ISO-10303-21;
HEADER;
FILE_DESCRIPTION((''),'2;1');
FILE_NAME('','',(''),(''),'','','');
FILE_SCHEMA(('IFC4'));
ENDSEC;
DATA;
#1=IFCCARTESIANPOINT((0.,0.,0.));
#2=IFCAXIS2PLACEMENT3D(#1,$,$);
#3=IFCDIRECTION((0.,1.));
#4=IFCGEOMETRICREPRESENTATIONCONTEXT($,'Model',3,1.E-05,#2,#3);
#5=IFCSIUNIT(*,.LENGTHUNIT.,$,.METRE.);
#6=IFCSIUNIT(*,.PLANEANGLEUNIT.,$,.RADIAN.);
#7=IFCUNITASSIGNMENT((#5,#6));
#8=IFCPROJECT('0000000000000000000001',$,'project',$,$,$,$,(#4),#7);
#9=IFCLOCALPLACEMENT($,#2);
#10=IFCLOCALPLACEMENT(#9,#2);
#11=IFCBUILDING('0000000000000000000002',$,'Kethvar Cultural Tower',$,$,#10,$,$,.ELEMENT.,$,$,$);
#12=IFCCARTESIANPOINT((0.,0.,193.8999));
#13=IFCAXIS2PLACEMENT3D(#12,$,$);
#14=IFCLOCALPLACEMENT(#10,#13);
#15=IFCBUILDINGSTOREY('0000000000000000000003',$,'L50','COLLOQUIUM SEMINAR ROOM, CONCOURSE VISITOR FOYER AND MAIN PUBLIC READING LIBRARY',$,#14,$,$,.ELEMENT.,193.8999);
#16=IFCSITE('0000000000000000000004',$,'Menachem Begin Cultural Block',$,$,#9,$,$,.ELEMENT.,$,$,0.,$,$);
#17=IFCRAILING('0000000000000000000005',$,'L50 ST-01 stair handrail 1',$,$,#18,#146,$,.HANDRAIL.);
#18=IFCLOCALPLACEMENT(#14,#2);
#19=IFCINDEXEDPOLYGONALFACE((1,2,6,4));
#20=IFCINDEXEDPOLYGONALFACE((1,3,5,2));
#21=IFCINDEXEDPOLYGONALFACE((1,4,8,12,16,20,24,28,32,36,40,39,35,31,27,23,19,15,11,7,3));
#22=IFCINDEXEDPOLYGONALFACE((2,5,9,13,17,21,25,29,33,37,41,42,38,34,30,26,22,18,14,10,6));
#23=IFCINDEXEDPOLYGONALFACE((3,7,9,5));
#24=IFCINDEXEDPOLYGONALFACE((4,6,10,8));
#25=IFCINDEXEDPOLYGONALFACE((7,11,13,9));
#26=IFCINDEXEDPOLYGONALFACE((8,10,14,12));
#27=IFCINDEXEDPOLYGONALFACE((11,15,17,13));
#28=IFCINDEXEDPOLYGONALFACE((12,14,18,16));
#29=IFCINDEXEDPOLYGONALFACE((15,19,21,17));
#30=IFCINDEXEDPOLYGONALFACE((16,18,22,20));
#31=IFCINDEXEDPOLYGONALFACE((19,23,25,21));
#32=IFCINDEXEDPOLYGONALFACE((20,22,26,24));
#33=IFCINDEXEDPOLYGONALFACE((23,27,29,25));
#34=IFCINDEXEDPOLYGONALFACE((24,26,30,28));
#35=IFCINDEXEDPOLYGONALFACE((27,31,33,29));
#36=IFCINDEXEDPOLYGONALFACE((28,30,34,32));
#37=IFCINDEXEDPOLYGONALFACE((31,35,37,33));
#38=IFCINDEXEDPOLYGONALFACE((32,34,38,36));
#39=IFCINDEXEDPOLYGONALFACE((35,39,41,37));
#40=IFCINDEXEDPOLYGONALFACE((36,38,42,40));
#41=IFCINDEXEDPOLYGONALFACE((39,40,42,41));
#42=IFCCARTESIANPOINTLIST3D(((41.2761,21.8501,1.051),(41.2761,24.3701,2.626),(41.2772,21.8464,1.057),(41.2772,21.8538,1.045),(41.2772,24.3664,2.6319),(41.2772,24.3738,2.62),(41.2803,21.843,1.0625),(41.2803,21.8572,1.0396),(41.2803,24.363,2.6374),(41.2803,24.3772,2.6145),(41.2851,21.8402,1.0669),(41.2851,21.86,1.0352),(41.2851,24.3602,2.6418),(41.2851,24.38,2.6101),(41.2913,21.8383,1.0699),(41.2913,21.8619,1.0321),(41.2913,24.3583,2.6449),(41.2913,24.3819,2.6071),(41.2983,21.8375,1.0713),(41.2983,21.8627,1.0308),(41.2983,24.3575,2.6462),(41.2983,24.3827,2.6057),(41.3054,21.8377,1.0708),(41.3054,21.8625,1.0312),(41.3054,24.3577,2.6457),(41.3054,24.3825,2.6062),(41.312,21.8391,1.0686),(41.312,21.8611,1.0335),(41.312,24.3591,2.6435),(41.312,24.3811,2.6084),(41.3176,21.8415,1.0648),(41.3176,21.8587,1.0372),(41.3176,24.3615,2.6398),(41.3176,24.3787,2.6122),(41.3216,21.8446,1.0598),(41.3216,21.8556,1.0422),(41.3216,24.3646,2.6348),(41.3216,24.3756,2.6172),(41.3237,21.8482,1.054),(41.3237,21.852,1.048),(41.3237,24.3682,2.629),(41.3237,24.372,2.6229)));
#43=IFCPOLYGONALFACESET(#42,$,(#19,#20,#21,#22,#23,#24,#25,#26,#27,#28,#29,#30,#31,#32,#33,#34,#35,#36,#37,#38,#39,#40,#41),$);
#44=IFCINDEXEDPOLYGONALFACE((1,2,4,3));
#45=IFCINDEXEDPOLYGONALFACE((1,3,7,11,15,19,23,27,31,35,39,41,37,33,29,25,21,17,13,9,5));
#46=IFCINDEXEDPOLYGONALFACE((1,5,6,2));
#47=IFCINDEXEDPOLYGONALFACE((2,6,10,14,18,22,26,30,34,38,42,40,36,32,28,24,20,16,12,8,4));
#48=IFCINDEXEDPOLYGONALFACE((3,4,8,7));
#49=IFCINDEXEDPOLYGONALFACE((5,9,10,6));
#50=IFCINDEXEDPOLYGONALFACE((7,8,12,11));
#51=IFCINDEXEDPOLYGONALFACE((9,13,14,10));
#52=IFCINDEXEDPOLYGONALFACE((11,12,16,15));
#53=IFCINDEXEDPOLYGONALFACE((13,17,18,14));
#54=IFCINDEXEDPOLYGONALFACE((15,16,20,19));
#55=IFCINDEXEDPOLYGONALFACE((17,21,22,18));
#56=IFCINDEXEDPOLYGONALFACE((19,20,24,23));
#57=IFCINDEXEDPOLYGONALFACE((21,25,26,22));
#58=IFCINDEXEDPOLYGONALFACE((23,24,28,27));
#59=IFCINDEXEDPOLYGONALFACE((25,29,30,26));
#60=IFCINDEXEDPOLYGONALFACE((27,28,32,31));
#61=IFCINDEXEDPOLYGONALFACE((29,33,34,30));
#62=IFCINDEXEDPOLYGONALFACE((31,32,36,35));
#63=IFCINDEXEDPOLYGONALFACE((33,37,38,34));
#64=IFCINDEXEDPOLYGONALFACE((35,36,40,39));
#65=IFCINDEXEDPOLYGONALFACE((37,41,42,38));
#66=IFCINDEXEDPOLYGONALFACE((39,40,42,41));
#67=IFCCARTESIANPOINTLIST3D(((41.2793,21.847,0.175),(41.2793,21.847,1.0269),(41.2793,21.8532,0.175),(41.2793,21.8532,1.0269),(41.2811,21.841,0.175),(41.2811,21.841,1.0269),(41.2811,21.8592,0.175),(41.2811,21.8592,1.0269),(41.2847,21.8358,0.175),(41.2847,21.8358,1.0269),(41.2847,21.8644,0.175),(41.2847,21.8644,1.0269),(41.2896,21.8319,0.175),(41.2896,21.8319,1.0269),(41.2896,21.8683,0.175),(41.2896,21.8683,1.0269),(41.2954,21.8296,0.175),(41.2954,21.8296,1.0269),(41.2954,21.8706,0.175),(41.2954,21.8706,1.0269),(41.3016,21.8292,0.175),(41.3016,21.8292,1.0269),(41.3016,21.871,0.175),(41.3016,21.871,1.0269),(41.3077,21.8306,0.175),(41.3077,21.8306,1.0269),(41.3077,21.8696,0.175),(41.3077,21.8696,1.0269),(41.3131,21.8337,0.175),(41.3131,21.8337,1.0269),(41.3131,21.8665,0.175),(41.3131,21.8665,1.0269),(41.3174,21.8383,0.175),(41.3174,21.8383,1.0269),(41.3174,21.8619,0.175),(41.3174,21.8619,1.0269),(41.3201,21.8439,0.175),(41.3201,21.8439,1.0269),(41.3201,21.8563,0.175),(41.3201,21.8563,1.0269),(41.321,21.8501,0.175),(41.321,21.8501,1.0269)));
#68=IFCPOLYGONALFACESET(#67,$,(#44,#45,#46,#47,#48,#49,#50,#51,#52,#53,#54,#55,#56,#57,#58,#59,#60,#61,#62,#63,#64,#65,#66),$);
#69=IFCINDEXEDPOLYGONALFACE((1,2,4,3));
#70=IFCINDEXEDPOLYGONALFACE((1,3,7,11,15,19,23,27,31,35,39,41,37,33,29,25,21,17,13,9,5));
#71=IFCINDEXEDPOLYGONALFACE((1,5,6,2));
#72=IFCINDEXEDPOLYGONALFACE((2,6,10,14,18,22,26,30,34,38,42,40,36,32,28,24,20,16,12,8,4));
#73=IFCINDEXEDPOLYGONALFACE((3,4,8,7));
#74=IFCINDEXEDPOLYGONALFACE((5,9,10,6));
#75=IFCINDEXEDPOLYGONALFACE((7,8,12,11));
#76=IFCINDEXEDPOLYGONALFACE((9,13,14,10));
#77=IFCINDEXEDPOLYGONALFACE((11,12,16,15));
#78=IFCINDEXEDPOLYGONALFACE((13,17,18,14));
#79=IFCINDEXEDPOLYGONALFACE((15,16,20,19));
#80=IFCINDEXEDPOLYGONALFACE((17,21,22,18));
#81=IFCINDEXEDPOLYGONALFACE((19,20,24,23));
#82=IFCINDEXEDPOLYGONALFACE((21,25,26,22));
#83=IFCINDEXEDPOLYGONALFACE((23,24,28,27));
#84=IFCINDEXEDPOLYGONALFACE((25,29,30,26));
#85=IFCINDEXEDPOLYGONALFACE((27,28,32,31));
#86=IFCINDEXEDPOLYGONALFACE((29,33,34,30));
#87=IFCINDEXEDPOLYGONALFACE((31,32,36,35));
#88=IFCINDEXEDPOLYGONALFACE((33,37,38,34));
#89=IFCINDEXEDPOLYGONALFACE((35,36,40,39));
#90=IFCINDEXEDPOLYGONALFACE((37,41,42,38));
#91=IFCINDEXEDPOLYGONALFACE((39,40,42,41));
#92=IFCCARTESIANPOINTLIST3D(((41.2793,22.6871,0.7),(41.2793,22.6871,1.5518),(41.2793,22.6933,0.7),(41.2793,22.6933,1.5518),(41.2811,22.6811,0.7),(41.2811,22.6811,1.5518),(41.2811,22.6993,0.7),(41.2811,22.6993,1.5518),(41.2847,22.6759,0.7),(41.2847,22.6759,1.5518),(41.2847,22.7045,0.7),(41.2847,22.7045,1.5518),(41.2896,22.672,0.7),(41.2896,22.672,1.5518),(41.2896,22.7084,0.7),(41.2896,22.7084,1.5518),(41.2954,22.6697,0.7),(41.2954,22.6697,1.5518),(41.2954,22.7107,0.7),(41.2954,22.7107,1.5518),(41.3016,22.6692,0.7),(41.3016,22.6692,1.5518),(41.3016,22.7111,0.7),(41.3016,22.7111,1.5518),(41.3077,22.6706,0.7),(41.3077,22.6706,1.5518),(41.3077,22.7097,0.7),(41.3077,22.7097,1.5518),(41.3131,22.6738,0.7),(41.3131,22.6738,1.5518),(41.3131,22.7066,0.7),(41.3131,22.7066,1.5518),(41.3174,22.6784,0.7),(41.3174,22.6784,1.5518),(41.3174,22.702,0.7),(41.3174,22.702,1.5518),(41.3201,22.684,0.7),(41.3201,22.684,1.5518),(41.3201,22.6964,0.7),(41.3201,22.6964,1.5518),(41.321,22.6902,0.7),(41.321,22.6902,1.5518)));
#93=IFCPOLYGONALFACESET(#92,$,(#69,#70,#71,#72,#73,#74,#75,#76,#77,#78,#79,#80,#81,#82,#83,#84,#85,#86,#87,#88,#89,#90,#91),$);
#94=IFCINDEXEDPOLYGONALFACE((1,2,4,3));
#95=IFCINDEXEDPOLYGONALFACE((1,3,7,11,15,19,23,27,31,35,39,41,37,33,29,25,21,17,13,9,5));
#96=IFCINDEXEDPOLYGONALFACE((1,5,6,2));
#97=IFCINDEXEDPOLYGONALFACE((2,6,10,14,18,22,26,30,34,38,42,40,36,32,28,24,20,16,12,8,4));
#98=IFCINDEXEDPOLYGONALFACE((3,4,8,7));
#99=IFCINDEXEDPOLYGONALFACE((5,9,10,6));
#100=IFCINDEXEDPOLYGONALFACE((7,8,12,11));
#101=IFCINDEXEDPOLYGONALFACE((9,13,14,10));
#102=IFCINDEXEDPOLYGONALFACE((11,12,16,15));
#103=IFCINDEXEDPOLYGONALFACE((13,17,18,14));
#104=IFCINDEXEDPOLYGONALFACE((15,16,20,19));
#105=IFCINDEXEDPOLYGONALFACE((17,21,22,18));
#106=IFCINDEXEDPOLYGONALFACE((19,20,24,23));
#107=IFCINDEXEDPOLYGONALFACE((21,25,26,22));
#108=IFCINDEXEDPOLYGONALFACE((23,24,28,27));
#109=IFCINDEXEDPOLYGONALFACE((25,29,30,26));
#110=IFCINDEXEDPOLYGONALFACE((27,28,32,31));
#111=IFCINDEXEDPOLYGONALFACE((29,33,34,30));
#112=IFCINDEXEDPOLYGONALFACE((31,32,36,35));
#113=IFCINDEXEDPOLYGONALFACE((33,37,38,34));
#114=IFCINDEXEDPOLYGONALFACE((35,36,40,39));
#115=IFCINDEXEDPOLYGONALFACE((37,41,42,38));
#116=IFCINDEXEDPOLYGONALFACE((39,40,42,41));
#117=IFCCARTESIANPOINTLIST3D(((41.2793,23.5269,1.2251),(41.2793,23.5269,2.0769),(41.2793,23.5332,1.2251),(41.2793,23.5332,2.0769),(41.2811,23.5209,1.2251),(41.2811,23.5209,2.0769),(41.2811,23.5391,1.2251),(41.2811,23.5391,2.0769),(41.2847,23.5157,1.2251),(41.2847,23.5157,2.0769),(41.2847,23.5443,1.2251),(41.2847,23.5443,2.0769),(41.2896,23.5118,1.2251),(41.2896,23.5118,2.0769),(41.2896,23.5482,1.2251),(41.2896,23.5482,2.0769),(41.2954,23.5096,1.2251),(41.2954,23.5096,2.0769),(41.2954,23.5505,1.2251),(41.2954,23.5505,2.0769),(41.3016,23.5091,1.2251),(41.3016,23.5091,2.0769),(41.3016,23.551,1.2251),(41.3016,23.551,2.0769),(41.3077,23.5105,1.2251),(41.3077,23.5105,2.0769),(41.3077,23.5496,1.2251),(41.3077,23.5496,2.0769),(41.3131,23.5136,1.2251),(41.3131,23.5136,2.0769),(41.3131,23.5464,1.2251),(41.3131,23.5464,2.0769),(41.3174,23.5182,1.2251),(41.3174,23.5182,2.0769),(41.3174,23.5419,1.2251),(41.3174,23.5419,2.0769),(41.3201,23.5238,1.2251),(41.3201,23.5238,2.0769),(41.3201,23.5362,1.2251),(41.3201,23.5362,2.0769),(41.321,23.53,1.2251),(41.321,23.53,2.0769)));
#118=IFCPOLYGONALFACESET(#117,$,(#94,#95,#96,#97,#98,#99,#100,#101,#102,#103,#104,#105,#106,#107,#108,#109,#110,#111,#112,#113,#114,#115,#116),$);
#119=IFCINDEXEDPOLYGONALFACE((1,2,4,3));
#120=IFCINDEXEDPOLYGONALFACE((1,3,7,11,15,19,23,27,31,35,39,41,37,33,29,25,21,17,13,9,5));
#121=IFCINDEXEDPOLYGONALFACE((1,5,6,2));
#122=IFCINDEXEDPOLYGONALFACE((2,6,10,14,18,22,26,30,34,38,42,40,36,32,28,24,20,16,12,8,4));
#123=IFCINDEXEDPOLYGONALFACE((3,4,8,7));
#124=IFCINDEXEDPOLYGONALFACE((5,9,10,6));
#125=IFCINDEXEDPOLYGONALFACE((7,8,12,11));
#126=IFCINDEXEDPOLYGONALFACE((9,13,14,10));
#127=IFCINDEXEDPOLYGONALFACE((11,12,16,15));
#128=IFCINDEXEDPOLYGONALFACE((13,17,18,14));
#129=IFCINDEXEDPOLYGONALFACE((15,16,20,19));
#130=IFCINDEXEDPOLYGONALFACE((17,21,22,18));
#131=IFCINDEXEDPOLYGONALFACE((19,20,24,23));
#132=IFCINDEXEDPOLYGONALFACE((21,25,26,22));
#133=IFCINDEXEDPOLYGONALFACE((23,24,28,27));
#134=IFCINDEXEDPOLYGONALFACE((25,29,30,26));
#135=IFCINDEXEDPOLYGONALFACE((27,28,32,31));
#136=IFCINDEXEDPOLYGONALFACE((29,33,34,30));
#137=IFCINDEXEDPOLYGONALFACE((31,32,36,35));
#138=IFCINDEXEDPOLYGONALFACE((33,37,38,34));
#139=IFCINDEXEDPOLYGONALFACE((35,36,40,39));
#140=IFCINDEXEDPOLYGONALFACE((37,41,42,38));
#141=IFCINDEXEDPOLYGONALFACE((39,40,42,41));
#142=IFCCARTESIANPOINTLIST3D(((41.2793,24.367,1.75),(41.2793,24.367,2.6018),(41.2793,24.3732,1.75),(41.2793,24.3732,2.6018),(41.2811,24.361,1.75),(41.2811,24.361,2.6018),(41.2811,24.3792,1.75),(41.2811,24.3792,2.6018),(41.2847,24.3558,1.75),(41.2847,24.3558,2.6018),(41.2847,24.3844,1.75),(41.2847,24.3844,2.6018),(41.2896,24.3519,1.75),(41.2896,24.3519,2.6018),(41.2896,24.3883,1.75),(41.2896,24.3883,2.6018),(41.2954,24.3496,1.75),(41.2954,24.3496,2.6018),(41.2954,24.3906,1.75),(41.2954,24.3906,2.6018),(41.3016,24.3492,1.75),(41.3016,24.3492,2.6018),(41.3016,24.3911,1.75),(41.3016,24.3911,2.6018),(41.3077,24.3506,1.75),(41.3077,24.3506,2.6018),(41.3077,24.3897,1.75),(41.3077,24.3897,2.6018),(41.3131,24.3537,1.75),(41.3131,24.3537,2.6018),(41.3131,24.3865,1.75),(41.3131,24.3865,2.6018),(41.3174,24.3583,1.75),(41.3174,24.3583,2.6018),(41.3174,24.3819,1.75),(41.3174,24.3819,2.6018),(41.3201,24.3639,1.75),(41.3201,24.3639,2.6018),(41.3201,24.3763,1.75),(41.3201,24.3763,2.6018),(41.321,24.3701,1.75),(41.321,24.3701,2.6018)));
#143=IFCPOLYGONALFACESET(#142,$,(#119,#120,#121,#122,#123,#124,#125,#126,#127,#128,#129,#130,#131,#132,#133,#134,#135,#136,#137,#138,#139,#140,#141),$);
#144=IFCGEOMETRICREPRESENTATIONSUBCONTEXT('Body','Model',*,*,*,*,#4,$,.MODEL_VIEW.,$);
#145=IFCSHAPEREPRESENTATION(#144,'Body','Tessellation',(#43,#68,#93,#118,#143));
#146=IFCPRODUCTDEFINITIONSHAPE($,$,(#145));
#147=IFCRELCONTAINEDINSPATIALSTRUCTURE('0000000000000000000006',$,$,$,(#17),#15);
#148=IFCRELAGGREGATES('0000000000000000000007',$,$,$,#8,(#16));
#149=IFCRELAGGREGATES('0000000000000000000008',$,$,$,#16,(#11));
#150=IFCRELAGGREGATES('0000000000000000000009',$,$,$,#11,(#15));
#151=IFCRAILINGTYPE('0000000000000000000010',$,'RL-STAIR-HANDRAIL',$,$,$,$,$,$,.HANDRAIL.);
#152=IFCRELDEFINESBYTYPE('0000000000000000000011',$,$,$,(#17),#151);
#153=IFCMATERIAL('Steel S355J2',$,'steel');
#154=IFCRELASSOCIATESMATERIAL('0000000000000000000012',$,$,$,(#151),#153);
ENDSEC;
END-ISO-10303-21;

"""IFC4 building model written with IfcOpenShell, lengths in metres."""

from ifc_helpers import new_model, si_unit, direction, frame, origin, origin_2d, place, context, subcontext, project, spatial, circle, extrude, material, type_object, element, save


model = new_model("IFC4")

# Units and contexts
model_context = context("Model", 3, precision=1e-05, world=origin(), true_north=direction((0.0, 1.0)))
body_context = subcontext(model_context, "Body", "Model", "MODEL_VIEW")
ifc_project = project(units=[si_unit("LENGTHUNIT", "METRE"), si_unit("PLANEANGLEUNIT", "RADIAN")], contexts=[model_context])

# Site, building, storey
site_placement = place(None, origin())
site = spatial("IfcSite", under=ifc_project, at=site_placement, Name="Menachem Begin Cultural Block", CompositionType="ELEMENT", RefElevation=0.0)
building_placement = place(site_placement, origin())
building = spatial("IfcBuilding", under=site, at=building_placement, Name="Kethvar Cultural Tower", CompositionType="ELEMENT")
storey_placement = place(building_placement, frame((0.0, 0.0, 193.8999)))
storey = spatial("IfcBuildingStorey", under=building, at=storey_placement, Name="L50", Description="COLLOQUIUM SEMINAR ROOM, CONCOURSE VISITOR FOYER AND MAIN PUBLIC READING LIBRARY", CompositionType="ELEMENT", Elevation=193.8999)

# Shared definitions
ifc_material_1 = material(Name="Steel S355J2", Category="steel")

# Railing
railing_type_1 = type_object("IfcRailingType", Name="RL-STAIR-HANDRAIL", PredefinedType="HANDRAIL", material=ifc_material_1)
railing_1_placement = place(storey_placement, frame((41.3, 21.8501, 0.175)))
element("IfcRailing", 1, at=railing_1_placement, inside=storey, type_object=railing_type_1, Name="L50 ST-01 stair handrail 1", PredefinedType="HANDRAIL", context=body_context, shape_type="SweptSolid", body=[
    extrude(circle(Radius=0.0239, at=origin_2d()), frame((0.0, 0.0, 0.876), z_axis=(0.0, 0.848008, 0.529984), x_axis=(-1.0, 0.0, 0.0)), (0.0, 0.0, 1.0), 2.9717),
    extrude(circle(Radius=0.021, at=origin_2d()), origin(), (0.0, 0.0, 1.0), 0.8518),
    extrude(circle(Radius=0.021, at=origin_2d()), frame((0.0, 0.8401, 0.5249)), (0.0, 0.0, 1.0), 0.8518),
    extrude(circle(Radius=0.021, at=origin_2d()), frame((0.0, 1.6799, 1.05)), (0.0, 0.0, 1.0), 0.8518),
    extrude(circle(Radius=0.021, at=origin_2d()), frame((0.0, 2.52, 1.575)), (0.0, 0.0, 1.0), 0.8518),
])

save(model, "model.ifc")
